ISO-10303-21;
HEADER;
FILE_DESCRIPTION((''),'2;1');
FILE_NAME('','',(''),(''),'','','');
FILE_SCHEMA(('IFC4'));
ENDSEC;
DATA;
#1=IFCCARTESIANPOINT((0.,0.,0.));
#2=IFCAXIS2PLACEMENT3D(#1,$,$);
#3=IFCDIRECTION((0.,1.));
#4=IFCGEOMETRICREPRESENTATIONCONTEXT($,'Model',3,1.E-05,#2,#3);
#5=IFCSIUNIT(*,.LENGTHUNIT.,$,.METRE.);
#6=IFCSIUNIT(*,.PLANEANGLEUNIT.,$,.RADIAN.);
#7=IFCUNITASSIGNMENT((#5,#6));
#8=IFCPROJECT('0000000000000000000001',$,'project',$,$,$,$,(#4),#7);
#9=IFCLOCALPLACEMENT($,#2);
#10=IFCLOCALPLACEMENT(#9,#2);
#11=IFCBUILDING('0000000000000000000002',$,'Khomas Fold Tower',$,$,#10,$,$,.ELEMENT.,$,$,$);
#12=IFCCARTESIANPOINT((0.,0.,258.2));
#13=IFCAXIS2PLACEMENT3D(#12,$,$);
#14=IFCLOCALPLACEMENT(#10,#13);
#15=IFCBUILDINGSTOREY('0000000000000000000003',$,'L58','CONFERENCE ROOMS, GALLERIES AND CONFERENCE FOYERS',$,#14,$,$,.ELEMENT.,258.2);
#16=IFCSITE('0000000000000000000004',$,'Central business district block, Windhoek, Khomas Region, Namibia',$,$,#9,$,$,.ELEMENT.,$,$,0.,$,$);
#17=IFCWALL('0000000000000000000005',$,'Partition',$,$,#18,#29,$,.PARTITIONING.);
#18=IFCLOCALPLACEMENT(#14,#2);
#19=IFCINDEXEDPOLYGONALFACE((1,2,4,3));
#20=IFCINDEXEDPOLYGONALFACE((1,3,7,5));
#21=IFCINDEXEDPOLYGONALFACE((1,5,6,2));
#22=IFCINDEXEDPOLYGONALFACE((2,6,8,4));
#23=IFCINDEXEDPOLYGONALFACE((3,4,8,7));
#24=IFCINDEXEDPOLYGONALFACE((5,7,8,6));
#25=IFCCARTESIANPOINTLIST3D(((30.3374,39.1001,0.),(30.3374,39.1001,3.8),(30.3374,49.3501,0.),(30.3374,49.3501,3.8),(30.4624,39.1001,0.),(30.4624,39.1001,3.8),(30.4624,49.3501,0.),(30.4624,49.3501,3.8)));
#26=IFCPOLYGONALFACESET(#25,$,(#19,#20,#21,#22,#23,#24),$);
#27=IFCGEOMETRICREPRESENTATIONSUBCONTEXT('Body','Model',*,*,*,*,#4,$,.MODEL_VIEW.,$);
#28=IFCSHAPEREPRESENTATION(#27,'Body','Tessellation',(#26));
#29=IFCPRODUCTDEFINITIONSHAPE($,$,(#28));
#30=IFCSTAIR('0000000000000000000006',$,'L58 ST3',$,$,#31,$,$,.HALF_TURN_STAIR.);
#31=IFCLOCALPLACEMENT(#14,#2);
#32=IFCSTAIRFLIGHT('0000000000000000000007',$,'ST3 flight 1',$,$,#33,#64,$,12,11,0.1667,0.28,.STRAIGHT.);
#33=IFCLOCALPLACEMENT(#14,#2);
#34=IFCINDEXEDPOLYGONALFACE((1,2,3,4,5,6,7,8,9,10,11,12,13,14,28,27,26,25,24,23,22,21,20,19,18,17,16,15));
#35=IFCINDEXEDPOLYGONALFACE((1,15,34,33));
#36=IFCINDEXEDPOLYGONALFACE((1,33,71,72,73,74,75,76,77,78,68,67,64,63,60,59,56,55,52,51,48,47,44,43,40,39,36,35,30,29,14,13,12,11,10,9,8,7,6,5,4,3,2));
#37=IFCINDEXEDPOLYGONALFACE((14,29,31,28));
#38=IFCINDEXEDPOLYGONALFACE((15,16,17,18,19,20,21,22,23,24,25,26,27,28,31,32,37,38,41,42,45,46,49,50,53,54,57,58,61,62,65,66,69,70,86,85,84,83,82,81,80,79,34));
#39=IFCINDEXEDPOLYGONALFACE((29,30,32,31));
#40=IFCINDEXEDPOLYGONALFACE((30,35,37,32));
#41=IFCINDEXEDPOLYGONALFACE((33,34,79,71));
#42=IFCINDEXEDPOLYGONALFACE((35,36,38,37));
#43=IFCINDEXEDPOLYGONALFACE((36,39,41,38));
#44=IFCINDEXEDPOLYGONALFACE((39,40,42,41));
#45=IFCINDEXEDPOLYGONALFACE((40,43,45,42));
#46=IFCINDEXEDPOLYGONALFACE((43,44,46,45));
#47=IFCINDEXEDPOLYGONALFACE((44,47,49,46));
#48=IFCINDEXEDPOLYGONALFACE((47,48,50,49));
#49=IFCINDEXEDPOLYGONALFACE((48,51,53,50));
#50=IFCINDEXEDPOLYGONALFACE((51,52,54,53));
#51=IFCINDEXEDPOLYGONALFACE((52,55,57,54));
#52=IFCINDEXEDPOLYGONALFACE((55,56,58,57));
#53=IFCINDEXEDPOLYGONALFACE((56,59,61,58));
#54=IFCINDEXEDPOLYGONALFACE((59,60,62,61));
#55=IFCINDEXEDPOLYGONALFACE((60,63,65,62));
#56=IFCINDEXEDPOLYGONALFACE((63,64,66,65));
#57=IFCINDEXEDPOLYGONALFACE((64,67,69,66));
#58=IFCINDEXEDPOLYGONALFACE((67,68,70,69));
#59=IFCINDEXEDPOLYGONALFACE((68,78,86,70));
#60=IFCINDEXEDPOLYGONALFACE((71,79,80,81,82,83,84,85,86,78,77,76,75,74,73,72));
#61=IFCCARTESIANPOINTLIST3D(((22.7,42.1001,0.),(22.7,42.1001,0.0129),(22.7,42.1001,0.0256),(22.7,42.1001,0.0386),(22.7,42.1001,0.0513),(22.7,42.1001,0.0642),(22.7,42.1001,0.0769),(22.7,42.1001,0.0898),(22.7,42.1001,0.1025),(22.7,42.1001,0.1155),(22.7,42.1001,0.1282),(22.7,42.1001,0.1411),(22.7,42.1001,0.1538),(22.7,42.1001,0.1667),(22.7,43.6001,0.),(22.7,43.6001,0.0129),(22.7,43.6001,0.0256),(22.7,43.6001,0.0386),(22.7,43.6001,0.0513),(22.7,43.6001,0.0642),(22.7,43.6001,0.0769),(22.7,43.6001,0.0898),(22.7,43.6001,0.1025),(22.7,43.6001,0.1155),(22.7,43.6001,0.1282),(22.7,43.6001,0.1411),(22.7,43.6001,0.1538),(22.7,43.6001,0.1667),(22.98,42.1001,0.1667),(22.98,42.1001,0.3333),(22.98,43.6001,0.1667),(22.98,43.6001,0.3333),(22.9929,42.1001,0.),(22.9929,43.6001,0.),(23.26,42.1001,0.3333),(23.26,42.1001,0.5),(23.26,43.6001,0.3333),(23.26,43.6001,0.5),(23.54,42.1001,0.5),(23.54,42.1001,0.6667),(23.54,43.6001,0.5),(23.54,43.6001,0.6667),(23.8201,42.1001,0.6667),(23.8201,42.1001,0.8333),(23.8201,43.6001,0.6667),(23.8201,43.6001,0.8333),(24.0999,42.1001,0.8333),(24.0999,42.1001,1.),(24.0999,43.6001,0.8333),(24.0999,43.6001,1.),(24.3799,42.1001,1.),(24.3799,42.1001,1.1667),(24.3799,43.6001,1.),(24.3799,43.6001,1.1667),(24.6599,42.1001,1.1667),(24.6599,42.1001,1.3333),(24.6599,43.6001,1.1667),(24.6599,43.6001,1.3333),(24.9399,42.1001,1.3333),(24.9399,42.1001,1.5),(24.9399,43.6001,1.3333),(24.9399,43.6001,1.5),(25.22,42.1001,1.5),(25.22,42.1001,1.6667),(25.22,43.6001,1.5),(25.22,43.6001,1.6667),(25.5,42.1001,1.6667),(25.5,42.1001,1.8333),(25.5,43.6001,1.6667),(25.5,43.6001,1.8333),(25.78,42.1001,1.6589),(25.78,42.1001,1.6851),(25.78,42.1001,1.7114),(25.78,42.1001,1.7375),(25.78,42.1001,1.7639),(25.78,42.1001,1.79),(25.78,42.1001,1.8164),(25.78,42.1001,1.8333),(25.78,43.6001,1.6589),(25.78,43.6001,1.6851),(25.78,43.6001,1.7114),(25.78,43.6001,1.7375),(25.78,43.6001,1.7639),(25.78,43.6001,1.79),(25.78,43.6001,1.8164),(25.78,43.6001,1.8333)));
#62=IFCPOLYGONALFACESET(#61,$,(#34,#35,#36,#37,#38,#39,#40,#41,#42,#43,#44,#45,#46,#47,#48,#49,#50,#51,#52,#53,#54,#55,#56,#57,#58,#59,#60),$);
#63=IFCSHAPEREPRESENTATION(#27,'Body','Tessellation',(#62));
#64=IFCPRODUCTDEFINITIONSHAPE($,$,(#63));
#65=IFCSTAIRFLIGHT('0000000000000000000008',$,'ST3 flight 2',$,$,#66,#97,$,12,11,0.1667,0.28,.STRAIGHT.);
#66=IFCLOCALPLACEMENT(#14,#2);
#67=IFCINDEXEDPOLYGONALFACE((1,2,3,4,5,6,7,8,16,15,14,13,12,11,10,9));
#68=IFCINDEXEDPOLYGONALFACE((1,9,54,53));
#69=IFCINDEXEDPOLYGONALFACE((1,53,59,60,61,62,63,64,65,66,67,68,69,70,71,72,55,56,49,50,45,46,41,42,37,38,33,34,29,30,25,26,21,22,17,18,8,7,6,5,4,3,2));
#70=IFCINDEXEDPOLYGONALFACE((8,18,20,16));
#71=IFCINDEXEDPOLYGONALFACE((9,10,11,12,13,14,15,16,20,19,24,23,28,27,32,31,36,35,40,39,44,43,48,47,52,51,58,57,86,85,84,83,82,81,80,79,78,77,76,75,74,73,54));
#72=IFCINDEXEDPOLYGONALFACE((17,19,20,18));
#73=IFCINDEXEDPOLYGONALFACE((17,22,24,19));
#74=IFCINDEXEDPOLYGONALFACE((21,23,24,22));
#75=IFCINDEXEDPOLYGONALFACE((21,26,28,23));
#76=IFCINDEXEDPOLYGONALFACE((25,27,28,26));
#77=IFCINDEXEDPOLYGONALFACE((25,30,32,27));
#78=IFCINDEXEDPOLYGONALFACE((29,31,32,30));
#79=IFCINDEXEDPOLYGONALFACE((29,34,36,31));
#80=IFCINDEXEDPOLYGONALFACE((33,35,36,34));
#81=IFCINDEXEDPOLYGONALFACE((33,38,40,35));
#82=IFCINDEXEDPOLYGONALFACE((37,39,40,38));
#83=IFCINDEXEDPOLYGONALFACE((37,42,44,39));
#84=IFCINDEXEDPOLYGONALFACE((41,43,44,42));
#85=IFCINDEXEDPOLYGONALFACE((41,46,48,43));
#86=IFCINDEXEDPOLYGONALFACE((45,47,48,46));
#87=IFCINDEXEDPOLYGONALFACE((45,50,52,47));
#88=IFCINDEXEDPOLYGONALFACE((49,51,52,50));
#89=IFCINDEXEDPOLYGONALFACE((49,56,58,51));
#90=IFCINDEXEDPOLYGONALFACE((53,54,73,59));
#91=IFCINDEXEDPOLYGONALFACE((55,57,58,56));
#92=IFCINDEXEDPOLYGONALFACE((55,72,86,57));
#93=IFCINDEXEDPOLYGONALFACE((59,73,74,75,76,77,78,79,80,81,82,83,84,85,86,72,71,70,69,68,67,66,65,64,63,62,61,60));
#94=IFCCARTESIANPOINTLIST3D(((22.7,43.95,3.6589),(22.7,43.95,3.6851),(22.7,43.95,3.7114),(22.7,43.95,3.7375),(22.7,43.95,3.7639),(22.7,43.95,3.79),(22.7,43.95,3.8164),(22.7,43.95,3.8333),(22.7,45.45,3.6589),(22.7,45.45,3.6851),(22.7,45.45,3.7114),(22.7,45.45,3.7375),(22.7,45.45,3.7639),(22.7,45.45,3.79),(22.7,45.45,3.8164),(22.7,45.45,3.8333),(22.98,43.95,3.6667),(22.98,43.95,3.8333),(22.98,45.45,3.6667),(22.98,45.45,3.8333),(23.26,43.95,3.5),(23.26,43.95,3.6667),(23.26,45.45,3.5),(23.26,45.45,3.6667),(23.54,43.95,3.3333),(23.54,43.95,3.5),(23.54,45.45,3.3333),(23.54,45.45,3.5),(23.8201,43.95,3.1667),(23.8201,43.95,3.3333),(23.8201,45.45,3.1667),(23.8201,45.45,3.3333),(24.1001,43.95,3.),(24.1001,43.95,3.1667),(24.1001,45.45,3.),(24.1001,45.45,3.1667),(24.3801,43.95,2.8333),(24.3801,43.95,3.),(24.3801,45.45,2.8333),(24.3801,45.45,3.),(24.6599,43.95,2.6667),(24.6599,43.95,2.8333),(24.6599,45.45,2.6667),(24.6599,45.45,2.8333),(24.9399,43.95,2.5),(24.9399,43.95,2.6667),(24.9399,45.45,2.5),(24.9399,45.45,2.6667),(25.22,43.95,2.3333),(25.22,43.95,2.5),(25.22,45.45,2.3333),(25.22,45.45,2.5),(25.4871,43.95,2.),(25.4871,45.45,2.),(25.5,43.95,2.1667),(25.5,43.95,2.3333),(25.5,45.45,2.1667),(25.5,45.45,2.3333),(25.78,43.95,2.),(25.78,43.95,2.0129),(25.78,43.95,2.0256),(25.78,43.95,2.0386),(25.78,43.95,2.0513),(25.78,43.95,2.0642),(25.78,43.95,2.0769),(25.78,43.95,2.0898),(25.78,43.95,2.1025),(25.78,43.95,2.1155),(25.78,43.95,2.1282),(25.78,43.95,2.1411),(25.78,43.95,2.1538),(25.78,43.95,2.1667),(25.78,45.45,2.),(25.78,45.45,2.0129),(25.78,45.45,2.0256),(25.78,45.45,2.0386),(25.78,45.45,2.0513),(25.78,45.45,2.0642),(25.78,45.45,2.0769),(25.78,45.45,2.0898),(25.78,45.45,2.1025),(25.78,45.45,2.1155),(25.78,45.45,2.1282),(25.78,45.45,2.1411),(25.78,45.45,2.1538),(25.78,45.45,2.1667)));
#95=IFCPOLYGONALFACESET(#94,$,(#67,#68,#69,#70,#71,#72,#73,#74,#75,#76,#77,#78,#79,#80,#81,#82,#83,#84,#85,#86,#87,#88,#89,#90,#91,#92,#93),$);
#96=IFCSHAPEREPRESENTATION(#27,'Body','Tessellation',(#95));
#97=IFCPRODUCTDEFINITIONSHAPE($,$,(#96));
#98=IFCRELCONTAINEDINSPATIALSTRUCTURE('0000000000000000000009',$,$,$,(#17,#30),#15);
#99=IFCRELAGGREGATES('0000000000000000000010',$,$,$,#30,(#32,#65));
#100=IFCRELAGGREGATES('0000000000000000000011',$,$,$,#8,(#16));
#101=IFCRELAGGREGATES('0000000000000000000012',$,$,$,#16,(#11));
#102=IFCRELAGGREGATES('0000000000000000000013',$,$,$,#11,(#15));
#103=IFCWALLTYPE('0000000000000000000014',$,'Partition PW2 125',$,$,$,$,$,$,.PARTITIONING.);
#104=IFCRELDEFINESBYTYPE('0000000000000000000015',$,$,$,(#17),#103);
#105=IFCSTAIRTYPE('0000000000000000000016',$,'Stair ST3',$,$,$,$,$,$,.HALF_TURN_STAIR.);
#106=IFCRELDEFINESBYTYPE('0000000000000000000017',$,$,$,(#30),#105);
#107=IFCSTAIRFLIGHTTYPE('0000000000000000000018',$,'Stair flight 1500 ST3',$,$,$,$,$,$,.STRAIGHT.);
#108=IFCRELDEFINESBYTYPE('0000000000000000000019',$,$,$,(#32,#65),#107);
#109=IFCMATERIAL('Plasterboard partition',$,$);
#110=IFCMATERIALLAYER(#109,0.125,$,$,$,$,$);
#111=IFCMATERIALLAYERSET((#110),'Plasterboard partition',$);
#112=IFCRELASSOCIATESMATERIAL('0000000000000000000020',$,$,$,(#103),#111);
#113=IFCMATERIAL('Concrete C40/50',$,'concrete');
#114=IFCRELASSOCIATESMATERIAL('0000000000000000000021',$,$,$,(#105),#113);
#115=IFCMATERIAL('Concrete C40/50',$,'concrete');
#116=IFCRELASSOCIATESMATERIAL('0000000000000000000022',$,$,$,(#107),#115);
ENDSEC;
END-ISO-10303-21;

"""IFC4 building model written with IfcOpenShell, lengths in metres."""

from ifc_helpers import new_model, si_unit, direction, frame, frame_2d, origin, place, context, subcontext, project, spatial, polyline, rectangle, outline, extrude, source, transform, mapped, material, layer, layer_set, type_object, element, aggregate, save


model = new_model("IFC4")

# Units and contexts
model_context = context("Model", 3, precision=1e-05, world=origin(), true_north=direction((0.0, 1.0)))
body_context = subcontext(model_context, "Body", "Model", "MODEL_VIEW")
ifc_project = project(units=[si_unit("LENGTHUNIT", "METRE"), si_unit("PLANEANGLEUNIT", "RADIAN")], contexts=[model_context])

# Site, building, storey
site_placement = place(None, origin())
site = spatial("IfcSite", under=ifc_project, at=site_placement, Name="Central business district block, Windhoek, Khomas Region, Namibia", CompositionType="ELEMENT", RefElevation=0.0)
building_placement = place(site_placement, origin())
building = spatial("IfcBuilding", under=site, at=building_placement, Name="Khomas Fold Tower", CompositionType="ELEMENT")
storey_placement = place(building_placement, frame((0.0, 0.0, 258.2)))
storey = spatial("IfcBuildingStorey", under=building, at=storey_placement, Name="L58", Description="CONFERENCE ROOMS, GALLERIES AND CONFERENCE FOYERS", CompositionType="ELEMENT", Elevation=258.2)

# Shared definitions
ifc_material_1 = material(Name="Plasterboard partition")
ifc_layer_1 = layer(ifc_material_1, 0.125)
ifc_layer_set_1 = layer_set([ifc_layer_1], Name="Plasterboard partition")
wall_type_1 = type_object("IfcWallType", Name="Partition PW2 125", PredefinedType="PARTITIONING", material=ifc_layer_set_1)

# Wall
shared_shape_1 = source(origin(), body_context, "Body", "SweptSolid", [
    extrude(rectangle(XDim=10.25, YDim=0.125, at=frame_2d((5.125, 0.0))), origin(), (0.0, 0.0, 1.0), 3.8),
])
wall_1_placement = place(storey_placement, frame((30.3999, 39.1001, 0.0), z_axis=(0.0, 0.0, 1.0), x_axis=(0.0, 1.0, 0.0)))
element("IfcWall", 1, at=wall_1_placement, inside=storey, type_object=wall_type_1, Name="Partition", PredefinedType="PARTITIONING", context=body_context, shape_type="MappedRepresentation", body=[
    mapped(shared_shape_1, transform((0.0, 0.0, 0.0))),
])

# Stair, stair flights
ifc_material_2 = material(Name="Concrete C40/50", Category="concrete")
stair_type = type_object("IfcStairType", Name="Stair ST3", PredefinedType="HALF_TURN_STAIR", material=ifc_material_2)
stair_placement = place(storey_placement, origin())
stair = element("IfcStair", 2, at=stair_placement, inside=storey, type_object=stair_type, Name="L58 ST3", PredefinedType="HALF_TURN_STAIR")
ifc_material_3 = material(Name="Concrete C40/50", Category="concrete")
stair_flight_type = type_object("IfcStairFlightType", Name="Stair flight 1500 ST3", PredefinedType="STRAIGHT", material=ifc_material_3)
shared_shape_2 = source(origin(), body_context, "Body", "SweptSolid", [
    extrude(outline(polyline([(0.0, 0.0), (0.0, 0.0129), (0.0, 0.0256), (0.0, 0.0386), (0.0, 0.0513), (0.0, 0.0642), (0.0, 0.0769), (0.0, 0.0898), (0.0, 0.1025), (0.0, 0.1155), (0.0, 0.1282), (0.0, 0.1411), (0.0, 0.1538), (0.0, 0.1667), (0.28, 0.1667), (0.28, 0.3333), (0.5601, 0.3333), (0.5601, 0.5), (0.8401, 0.5), (0.8401, 0.6667), (1.1201, 0.6667), (1.1201, 0.8333), (1.3999, 0.8333), (1.3999, 1.0), (1.6799, 1.0), (1.6799, 1.1667), (1.96, 1.1667), (1.96, 1.3333), (2.24, 1.3333), (2.24, 1.5), (2.52, 1.5), (2.52, 1.6667), (2.8, 1.6667), (2.8, 1.8333), (3.0801, 1.8333), (3.0801, 2.0), (3.0801, 1.9739), (3.0801, 1.9475), (3.0801, 1.9214), (3.0801, 1.895), (3.0801, 1.8689), (3.0801, 1.8425), (3.0801, 1.8164), (3.0801, 1.79), (3.0801, 1.7639), (3.0801, 1.7375), (3.0801, 1.7114), (3.0801, 1.6851), (3.0801, 1.6589), (0.293, 0.0), (0.0, 0.0)])), frame((0.0, 0.75, 0.0), z_axis=(0.0, -1.0, 0.0), x_axis=(1.0, 0.0, 0.0)), (0.0, 0.0, 1.0), 1.5),
])
stair_flight_1_placement = place(storey_placement, frame((22.7, 42.8501, 0.0), z_axis=(0.0, 0.0, 1.0), x_axis=(1.0, 0.0, 0.0)))
stair_flight_1 = element("IfcStairFlight", 3, at=stair_flight_1_placement, type_object=stair_flight_type, Name="ST3 flight 1", NumberOfRisers=12, NumberOfTreads=11, PredefinedType="STRAIGHT", RiserHeight=0.1667, TreadLength=0.28, context=body_context, shape_type="MappedRepresentation", body=[
    mapped(shared_shape_2, transform((0.0, 0.0, 0.0))),
])
stair_flight_2_placement = place(storey_placement, frame((25.78, 44.7, 2.0), z_axis=(0.0, 0.0, 1.0), x_axis=(-1.0, 0.0, 0.0)))
stair_flight_2 = element("IfcStairFlight", 4, at=stair_flight_2_placement, type_object=stair_flight_type, Name="ST3 flight 2", NumberOfRisers=12, NumberOfTreads=11, PredefinedType="STRAIGHT", RiserHeight=0.1667, TreadLength=0.28, context=body_context, shape_type="MappedRepresentation", body=[
    mapped(shared_shape_2, transform((0.0, 0.0, 0.0))),
])
aggregate(stair, [stair_flight_1, stair_flight_2])

save(model, "model.ifc")
